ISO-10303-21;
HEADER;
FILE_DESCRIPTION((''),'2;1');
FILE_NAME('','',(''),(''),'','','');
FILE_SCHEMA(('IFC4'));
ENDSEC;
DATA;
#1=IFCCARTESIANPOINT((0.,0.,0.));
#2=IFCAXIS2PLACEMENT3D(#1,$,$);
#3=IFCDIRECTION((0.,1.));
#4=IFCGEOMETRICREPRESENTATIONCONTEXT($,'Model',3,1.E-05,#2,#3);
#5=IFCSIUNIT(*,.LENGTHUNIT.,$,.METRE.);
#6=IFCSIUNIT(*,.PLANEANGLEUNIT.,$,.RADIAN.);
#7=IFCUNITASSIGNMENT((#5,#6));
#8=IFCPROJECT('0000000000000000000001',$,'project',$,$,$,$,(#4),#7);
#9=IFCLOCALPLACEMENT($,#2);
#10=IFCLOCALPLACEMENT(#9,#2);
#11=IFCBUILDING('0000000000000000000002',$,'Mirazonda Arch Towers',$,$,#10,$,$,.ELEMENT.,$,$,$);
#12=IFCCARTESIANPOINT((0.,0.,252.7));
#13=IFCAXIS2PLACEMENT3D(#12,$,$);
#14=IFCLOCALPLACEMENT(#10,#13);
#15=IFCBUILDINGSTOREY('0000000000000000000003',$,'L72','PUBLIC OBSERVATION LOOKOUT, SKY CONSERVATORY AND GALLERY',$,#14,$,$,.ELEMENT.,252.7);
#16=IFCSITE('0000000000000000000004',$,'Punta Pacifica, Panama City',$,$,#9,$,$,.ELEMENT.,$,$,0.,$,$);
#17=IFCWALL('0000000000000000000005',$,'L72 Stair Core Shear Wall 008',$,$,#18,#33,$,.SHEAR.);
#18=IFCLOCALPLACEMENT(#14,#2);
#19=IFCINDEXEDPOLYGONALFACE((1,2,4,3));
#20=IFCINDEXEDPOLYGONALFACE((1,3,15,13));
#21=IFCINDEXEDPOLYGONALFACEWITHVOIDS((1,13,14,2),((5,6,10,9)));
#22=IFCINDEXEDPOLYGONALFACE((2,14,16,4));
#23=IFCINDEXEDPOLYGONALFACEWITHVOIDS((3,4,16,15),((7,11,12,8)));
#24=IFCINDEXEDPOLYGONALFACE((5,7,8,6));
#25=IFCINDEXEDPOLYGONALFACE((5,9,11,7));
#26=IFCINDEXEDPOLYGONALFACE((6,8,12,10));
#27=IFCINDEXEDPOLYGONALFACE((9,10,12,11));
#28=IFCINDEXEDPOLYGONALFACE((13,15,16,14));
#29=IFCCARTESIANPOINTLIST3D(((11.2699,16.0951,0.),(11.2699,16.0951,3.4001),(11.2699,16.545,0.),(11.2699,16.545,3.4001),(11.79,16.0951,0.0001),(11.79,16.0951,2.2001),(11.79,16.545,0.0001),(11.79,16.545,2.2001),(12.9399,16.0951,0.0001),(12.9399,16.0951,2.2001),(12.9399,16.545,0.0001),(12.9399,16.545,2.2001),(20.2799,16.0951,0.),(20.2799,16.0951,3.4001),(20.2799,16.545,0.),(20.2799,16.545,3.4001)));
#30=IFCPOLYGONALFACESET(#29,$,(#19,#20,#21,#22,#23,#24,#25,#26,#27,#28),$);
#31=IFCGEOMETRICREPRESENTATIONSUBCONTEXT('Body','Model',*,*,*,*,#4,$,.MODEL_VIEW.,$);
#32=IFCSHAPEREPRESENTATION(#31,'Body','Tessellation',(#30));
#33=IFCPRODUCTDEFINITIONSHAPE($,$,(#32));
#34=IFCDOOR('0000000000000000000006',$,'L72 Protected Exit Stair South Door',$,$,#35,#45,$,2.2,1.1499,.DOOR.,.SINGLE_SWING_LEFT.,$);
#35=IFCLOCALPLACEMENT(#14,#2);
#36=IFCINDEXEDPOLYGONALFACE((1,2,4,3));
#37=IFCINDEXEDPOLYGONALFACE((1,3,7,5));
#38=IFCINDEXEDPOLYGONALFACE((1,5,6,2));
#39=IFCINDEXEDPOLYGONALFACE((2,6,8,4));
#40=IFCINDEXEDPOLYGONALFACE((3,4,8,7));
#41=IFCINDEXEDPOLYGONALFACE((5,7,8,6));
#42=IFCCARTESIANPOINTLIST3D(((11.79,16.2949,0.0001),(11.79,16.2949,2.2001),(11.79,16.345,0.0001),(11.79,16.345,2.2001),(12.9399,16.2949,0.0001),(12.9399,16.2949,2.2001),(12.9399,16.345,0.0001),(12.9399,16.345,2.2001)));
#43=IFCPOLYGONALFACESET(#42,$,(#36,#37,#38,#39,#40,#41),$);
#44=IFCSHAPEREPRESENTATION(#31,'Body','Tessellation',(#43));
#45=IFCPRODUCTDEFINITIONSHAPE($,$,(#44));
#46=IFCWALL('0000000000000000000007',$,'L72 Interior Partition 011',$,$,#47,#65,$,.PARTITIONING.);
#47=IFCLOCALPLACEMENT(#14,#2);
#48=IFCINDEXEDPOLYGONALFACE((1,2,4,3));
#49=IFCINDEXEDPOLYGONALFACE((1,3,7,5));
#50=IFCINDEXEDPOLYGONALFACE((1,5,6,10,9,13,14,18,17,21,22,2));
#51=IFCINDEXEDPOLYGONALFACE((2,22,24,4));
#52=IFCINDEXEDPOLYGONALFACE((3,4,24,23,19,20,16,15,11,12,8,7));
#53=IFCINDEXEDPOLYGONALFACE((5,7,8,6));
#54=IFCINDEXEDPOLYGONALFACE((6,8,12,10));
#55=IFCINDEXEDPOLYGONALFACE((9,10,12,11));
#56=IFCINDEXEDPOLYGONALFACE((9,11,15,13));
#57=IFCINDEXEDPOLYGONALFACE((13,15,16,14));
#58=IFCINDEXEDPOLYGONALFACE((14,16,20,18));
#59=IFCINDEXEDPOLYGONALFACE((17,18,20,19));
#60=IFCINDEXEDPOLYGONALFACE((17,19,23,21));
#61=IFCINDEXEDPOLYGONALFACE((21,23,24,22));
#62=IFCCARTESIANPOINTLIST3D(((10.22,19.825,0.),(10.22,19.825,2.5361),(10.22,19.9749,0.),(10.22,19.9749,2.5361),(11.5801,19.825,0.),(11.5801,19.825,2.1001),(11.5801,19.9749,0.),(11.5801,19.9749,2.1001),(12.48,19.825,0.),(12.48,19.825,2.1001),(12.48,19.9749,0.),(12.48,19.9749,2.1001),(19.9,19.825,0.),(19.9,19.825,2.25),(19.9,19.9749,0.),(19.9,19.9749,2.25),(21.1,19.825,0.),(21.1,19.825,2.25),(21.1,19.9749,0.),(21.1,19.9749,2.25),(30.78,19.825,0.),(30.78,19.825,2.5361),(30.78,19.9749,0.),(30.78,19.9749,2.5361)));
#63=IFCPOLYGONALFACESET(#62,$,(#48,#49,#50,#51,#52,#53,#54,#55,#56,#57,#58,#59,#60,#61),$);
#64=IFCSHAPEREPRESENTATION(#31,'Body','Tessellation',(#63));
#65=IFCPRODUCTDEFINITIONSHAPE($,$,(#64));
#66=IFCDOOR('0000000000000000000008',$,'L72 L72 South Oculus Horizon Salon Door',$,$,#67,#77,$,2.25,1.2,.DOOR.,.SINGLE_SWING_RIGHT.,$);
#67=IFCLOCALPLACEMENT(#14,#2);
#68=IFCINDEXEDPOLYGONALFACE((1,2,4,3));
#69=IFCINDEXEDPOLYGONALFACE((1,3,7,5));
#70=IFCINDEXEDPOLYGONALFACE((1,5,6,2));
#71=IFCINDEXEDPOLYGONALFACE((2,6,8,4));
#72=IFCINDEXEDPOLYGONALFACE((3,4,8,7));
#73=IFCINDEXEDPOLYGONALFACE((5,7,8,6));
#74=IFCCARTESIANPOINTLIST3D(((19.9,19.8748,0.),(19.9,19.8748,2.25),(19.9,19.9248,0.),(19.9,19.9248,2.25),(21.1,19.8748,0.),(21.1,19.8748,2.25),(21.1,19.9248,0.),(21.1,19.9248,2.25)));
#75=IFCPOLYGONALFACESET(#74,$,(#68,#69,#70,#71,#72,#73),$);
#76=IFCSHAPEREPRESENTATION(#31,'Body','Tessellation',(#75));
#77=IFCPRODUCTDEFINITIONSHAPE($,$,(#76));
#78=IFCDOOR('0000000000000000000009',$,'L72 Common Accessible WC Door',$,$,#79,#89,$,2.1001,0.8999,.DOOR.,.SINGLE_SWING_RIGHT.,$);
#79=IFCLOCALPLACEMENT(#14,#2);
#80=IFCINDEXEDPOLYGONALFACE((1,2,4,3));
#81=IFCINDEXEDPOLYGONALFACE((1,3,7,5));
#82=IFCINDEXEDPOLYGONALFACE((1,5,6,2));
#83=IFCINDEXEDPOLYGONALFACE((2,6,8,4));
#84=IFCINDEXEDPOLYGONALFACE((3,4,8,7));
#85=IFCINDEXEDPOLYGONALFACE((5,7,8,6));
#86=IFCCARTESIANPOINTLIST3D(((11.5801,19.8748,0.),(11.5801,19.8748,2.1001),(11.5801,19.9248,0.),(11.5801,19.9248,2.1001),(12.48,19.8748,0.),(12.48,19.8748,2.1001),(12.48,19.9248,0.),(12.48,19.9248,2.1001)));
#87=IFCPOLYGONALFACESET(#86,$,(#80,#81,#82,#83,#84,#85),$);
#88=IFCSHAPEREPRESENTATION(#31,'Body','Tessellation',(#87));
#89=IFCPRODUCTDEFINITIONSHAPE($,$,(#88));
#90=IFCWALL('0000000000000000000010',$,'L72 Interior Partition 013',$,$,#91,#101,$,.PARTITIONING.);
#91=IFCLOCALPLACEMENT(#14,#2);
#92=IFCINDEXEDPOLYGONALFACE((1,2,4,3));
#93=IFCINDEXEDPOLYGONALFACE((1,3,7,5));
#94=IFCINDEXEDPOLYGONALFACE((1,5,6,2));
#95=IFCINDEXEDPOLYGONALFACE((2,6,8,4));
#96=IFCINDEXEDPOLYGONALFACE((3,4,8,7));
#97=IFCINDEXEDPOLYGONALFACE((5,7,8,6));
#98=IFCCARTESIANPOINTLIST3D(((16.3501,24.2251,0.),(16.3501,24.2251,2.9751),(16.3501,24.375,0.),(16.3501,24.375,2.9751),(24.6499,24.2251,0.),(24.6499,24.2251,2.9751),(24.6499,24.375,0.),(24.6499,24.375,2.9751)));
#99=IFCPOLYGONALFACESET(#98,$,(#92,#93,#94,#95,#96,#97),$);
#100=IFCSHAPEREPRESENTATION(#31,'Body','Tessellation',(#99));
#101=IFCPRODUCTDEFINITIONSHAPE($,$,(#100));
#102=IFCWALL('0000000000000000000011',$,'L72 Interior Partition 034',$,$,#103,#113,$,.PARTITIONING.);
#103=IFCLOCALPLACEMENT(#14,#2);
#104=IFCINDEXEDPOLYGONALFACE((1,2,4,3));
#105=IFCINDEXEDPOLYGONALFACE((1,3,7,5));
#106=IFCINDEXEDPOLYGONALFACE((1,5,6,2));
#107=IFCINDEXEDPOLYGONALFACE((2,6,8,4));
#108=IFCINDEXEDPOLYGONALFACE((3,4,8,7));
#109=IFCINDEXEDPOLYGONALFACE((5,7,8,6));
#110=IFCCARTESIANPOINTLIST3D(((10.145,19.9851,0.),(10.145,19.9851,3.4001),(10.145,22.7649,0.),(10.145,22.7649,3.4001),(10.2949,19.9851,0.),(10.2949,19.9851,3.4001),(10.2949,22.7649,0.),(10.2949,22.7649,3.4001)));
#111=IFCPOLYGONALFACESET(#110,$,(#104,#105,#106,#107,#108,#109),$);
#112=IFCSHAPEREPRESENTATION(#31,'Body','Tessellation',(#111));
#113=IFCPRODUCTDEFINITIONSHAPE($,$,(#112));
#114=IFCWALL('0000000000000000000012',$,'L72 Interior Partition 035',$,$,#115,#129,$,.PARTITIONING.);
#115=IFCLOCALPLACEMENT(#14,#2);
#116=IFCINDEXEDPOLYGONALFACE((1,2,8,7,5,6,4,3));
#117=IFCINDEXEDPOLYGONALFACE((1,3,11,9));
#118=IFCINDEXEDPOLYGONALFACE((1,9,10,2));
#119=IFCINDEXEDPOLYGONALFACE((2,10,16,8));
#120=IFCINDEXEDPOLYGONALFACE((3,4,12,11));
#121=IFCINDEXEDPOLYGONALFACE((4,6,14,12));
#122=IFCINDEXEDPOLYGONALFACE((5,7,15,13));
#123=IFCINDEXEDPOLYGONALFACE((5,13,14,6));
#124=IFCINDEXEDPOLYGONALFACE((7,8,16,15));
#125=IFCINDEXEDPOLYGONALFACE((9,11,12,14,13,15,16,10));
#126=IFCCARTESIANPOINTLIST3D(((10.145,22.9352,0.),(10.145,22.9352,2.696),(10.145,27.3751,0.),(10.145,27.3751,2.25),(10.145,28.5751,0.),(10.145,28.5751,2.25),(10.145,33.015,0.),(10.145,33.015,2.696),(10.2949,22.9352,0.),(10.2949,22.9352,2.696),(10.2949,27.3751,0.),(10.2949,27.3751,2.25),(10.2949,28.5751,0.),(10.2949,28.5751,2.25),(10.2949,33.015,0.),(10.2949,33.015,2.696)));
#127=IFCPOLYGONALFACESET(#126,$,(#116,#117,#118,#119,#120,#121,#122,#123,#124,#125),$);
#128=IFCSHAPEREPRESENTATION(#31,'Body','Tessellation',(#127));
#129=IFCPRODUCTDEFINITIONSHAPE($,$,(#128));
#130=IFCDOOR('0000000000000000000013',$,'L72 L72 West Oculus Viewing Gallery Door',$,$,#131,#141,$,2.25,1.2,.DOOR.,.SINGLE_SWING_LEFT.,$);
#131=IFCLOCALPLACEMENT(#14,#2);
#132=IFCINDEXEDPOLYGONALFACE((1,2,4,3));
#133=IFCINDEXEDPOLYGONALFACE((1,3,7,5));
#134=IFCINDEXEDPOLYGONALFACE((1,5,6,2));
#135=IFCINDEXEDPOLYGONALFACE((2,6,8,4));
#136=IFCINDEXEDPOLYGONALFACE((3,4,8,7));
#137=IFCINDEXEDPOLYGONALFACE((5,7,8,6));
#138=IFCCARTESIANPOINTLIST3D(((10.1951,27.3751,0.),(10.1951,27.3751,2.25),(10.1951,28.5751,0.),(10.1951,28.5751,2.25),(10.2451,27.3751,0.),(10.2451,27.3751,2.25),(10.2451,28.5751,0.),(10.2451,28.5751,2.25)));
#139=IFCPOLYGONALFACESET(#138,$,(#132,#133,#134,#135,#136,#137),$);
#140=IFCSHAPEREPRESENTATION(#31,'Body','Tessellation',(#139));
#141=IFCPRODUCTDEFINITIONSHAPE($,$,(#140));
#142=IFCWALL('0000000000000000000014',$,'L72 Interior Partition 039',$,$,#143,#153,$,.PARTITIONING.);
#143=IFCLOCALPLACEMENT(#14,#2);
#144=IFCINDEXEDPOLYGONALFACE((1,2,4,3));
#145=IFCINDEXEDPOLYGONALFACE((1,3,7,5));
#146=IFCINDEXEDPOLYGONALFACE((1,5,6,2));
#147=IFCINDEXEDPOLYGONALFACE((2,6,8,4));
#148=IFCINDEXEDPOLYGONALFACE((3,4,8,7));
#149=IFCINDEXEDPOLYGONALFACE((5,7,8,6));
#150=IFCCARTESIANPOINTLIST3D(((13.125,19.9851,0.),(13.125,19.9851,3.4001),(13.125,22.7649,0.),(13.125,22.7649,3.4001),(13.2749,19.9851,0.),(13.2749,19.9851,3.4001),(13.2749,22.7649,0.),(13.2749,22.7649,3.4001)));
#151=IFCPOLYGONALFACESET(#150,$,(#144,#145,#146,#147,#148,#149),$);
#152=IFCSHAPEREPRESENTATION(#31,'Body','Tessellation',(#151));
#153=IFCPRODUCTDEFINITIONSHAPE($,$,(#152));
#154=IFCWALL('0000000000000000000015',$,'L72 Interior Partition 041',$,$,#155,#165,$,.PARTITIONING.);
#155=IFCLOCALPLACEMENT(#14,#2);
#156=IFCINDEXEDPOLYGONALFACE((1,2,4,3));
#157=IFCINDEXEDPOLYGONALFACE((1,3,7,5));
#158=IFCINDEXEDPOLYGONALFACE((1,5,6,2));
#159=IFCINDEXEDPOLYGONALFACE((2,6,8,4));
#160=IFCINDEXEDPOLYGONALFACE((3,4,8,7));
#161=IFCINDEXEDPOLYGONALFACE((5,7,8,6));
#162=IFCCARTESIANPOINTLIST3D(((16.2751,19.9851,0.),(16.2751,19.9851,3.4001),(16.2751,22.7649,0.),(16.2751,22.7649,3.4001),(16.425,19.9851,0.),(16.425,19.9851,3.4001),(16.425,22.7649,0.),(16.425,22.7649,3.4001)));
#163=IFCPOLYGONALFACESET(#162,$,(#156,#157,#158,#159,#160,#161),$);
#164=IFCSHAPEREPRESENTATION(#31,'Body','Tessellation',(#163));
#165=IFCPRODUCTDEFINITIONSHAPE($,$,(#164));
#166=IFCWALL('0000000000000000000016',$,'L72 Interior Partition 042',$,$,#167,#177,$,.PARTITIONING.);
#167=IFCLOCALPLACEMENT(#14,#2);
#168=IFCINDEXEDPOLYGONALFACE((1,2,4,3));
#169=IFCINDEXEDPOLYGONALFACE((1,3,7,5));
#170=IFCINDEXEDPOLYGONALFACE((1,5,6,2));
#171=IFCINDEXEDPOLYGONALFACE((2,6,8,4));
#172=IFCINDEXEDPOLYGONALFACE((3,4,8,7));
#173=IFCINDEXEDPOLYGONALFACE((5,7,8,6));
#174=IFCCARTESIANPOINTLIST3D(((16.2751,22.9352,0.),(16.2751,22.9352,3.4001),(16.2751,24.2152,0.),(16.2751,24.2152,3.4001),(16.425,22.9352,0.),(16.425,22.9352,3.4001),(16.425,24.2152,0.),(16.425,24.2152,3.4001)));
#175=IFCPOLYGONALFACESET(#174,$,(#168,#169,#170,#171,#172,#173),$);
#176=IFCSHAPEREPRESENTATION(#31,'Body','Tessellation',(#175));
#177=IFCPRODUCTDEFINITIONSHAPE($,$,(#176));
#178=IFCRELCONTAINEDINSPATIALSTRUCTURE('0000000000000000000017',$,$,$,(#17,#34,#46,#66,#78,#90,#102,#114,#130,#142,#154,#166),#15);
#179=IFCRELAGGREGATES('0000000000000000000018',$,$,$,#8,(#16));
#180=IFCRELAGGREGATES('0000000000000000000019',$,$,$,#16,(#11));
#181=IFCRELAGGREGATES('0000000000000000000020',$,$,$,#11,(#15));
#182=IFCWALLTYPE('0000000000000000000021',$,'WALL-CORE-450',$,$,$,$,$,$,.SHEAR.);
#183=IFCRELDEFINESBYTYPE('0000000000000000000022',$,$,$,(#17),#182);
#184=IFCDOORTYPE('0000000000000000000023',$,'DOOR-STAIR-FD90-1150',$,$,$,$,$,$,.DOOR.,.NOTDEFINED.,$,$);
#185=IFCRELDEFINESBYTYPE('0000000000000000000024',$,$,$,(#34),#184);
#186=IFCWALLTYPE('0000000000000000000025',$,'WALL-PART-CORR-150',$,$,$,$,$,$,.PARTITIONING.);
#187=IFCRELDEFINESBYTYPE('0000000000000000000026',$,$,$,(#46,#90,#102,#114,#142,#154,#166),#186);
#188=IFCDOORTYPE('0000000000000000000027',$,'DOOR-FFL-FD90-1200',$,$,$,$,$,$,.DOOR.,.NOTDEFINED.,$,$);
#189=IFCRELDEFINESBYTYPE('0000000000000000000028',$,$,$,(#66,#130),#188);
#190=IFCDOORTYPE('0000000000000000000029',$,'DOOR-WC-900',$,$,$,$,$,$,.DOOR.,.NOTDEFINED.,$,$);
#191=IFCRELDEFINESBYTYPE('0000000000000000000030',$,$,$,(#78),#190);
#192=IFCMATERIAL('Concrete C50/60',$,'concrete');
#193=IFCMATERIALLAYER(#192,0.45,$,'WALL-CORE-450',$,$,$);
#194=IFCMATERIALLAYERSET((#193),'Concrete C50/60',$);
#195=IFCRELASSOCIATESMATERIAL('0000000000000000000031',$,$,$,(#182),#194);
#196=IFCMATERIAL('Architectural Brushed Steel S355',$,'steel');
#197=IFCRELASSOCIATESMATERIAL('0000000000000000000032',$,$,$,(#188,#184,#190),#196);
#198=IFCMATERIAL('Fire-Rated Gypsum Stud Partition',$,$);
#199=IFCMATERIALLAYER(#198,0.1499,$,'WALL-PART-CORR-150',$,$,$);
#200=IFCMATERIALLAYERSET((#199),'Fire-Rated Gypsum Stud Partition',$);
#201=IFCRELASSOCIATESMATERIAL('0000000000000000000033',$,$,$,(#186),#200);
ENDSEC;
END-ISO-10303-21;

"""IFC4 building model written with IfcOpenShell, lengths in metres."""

from ifc_helpers import new_model, si_unit, direction, frame, frame_2d, origin, place, context, subcontext, project, spatial, rectangle, extrude, material, layer, layer_set, type_object, element, fill, save


model = new_model("IFC4")

# Units and contexts
model_context = context("Model", 3, precision=1e-05, world=origin(), true_north=direction((0.0, 1.0)))
body_context = subcontext(model_context, "Body", "Model", "MODEL_VIEW")
ifc_project = project(units=[si_unit("LENGTHUNIT", "METRE"), si_unit("PLANEANGLEUNIT", "RADIAN")], contexts=[model_context])

# Site, building, storey
site_placement = place(None, origin())
site = spatial("IfcSite", under=ifc_project, at=site_placement, Name="Punta Pacifica, Panama City", CompositionType="ELEMENT", RefElevation=0.0)
building_placement = place(site_placement, origin())
building = spatial("IfcBuilding", under=site, at=building_placement, Name="Mirazonda Arch Towers", CompositionType="ELEMENT")
storey_placement = place(building_placement, frame((0.0, 0.0, 252.7)))
storey = spatial("IfcBuildingStorey", under=building, at=storey_placement, Name="L72", Description="PUBLIC OBSERVATION LOOKOUT, SKY CONSERVATORY AND GALLERY", CompositionType="ELEMENT", Elevation=252.7)

# Shared definitions
ifc_material_1 = material(Name="Concrete C50/60", Category="concrete")

# Shared definitions
ifc_layer_1 = layer(ifc_material_1, 0.45, Name="WALL-CORE-450")
ifc_layer_set_1 = layer_set([ifc_layer_1], Name="Concrete C50/60")
wall_type_1 = type_object("IfcWallType", Name="WALL-CORE-450", PredefinedType="SHEAR", material=ifc_layer_set_1)
ifc_material_2 = material(Name="Architectural Brushed Steel S355", Category="steel")
door_type_1 = type_object("IfcDoorType", Name="DOOR-FFL-FD90-1200", OperationType="NOTDEFINED", PredefinedType="DOOR", material=ifc_material_2)

# Wall, opening, door
wall_1_placement = place(storey_placement, frame((11.27, 16.3201, 0.0), z_axis=(0.0, 0.0, 1.0), x_axis=(1.0, 0.0, 0.0)))
wall_1 = element("IfcWall", 1, at=wall_1_placement, inside=storey, type_object=wall_type_1, Name="L72 Stair Core Shear Wall 008", PredefinedType="SHEAR", context=body_context, shape_type="SweptSolid", body=[
    extrude(rectangle(XDim=9.01, YDim=0.45, at=frame_2d((4.5049, 0.0))), origin(), (0.0, 0.0, 1.0), 3.4001),
])
opening_1_placement = place(wall_1_placement, frame((0.52, 0.0, 0.0)))
opening_1 = element("IfcOpeningElement", 2, at=opening_1_placement, cuts=wall_1, PredefinedType="OPENING", context=body_context, shape_type="SweptSolid", body=[
    extrude(rectangle(XDim=1.1499, YDim=2.2, at=frame_2d((0.575, 1.1001))), frame((0.0, 0.2349, 0.0), z_axis=(0.0, -1.0, 0.0), x_axis=(1.0, 0.0, 0.0)), (0.0, 0.0, 1.0), 0.47),
])
door_type_2 = type_object("IfcDoorType", Name="DOOR-STAIR-FD90-1150", OperationType="NOTDEFINED", PredefinedType="DOOR", material=ifc_material_2)
door_1_placement = place(opening_1_placement, origin())
door_1 = element("IfcDoor", 3, at=door_1_placement, inside=storey, type_object=door_type_2, Name="L72 Protected Exit Stair South Door", OperationType="SINGLE_SWING_LEFT", OverallHeight=2.2, OverallWidth=1.1499, PredefinedType="DOOR", context=body_context, shape_type="SweptSolid", body=[
    extrude(rectangle(XDim=1.1499, YDim=2.2, at=frame_2d((0.575, 1.1001))), frame((0.0, 0.0249, 0.0), z_axis=(0.0, -1.0, 0.0), x_axis=(1.0, 0.0, 0.0)), (0.0, 0.0, 1.0), 0.05),
])
fill(opening_1, door_1)

# Wall, openings, doors
ifc_material_3 = material(Name="Fire-Rated Gypsum Stud Partition")
ifc_layer_2 = layer(ifc_material_3, 0.1499, Name="WALL-PART-CORR-150")
ifc_layer_set_2 = layer_set([ifc_layer_2], Name="Fire-Rated Gypsum Stud Partition")
wall_type_2 = type_object("IfcWallType", Name="WALL-PART-CORR-150", PredefinedType="PARTITIONING", material=ifc_layer_set_2)
wall_2_placement = place(storey_placement, frame((10.22, 19.8999, 0.0), z_axis=(0.0, 0.0, 1.0), x_axis=(1.0, 0.0, 0.0)))
wall_2 = element("IfcWall", 4, at=wall_2_placement, inside=storey, type_object=wall_type_2, Name="L72 Interior Partition 011", PredefinedType="PARTITIONING", context=body_context, shape_type="SweptSolid", body=[
    extrude(rectangle(XDim=20.5601, YDim=0.1499, at=frame_2d((10.28, 0.0))), origin(), (0.0, 0.0, 1.0), 2.5361),
])
opening_2_placement = place(wall_2_placement, frame((1.3601, 0.0, 0.0)))
opening_2 = element("IfcOpeningElement", 5, at=opening_2_placement, cuts=wall_2, PredefinedType="OPENING", context=body_context, shape_type="SweptSolid", body=[
    extrude(rectangle(XDim=0.8999, YDim=2.1001, at=frame_2d((0.45, 1.05))), frame((0.0, 0.085, 0.0), z_axis=(0.0, -1.0, 0.0), x_axis=(1.0, 0.0, 0.0)), (0.0, 0.0, 1.0), 0.1699),
])
opening_3_placement = place(wall_2_placement, frame((9.6799, 0.0, 0.0)))
opening_3 = element("IfcOpeningElement", 6, at=opening_3_placement, cuts=wall_2, PredefinedType="OPENING", context=body_context, shape_type="SweptSolid", body=[
    extrude(rectangle(XDim=1.2, YDim=2.25, at=frame_2d((0.6001, 1.125))), frame((0.0, 0.085, 0.0), z_axis=(0.0, -1.0, 0.0), x_axis=(1.0, 0.0, 0.0)), (0.0, 0.0, 1.0), 0.1699),
])
door_2_placement = place(opening_3_placement, origin())
door_2 = element("IfcDoor", 7, at=door_2_placement, inside=storey, type_object=door_type_1, Name="L72 L72 South Oculus Horizon Salon Door", OperationType="SINGLE_SWING_RIGHT", OverallHeight=2.25, OverallWidth=1.2, PredefinedType="DOOR", context=body_context, shape_type="SweptSolid", body=[
    extrude(rectangle(XDim=1.2, YDim=2.25, at=frame_2d((0.6001, 1.125))), frame((0.0, 0.0249, 0.0), z_axis=(0.0, -1.0, 0.0), x_axis=(1.0, 0.0, 0.0)), (0.0, 0.0, 1.0), 0.05),
])
fill(opening_3, door_2)
door_type_3 = type_object("IfcDoorType", Name="DOOR-WC-900", OperationType="NOTDEFINED", PredefinedType="DOOR", material=ifc_material_2)
door_3_placement = place(opening_2_placement, origin())
door_3 = element("IfcDoor", 8, at=door_3_placement, inside=storey, type_object=door_type_3, Name="L72 Common Accessible WC Door", OperationType="SINGLE_SWING_RIGHT", OverallHeight=2.1001, OverallWidth=0.8999, PredefinedType="DOOR", context=body_context, shape_type="SweptSolid", body=[
    extrude(rectangle(XDim=0.8999, YDim=2.1001, at=frame_2d((0.45, 1.05))), frame((0.0, 0.0249, 0.0), z_axis=(0.0, -1.0, 0.0), x_axis=(1.0, 0.0, 0.0)), (0.0, 0.0, 1.0), 0.05),
])
fill(opening_2, door_3)

# Walls
wall_3_placement = place(storey_placement, frame((16.3501, 24.3, 0.0), z_axis=(0.0, 0.0, 1.0), x_axis=(1.0, 0.0, 0.0)))
element("IfcWall", 9, at=wall_3_placement, inside=storey, type_object=wall_type_2, Name="L72 Interior Partition 013", PredefinedType="PARTITIONING", context=body_context, shape_type="SweptSolid", body=[
    extrude(rectangle(XDim=8.2998, YDim=0.1499, at=frame_2d((4.1499, 0.0))), origin(), (0.0, 0.0, 1.0), 2.9751),
])
wall_4_placement = place(storey_placement, frame((10.22, 19.9851, 0.0), z_axis=(0.0, 0.0, 1.0), x_axis=(0.0, 1.0, 0.0)))
element("IfcWall", 10, at=wall_4_placement, inside=storey, type_object=wall_type_2, Name="L72 Interior Partition 034", PredefinedType="PARTITIONING", context=body_context, shape_type="SweptSolid", body=[
    extrude(rectangle(XDim=2.7798, YDim=0.1499, at=frame_2d((1.3899, 0.0))), origin(), (0.0, 0.0, 1.0), 3.4001),
])

# Wall, opening, door
wall_5_placement = place(storey_placement, frame((10.22, 22.9351, 0.0), z_axis=(0.0, 0.0, 1.0), x_axis=(0.0, 1.0, 0.0)))
wall_5 = element("IfcWall", 11, at=wall_5_placement, inside=storey, type_object=wall_type_2, Name="L72 Interior Partition 035", PredefinedType="PARTITIONING", context=body_context, shape_type="SweptSolid", body=[
    extrude(rectangle(XDim=10.0798, YDim=0.1499, at=frame_2d((5.04, 0.0))), origin(), (0.0, 0.0, 1.0), 2.696),
])
opening_4_placement = place(wall_5_placement, frame((4.4399, 0.0, 0.0)))
opening_4 = element("IfcOpeningElement", 12, at=opening_4_placement, cuts=wall_5, PredefinedType="OPENING", context=body_context, shape_type="SweptSolid", body=[
    extrude(rectangle(XDim=1.2, YDim=2.25, at=frame_2d((0.6001, 1.125))), frame((0.0, 0.085, 0.0), z_axis=(0.0, -1.0, 0.0), x_axis=(1.0, 0.0, 0.0)), (0.0, 0.0, 1.0), 0.1699),
])
door_4_placement = place(opening_4_placement, origin())
door_4 = element("IfcDoor", 13, at=door_4_placement, inside=storey, type_object=door_type_1, Name="L72 L72 West Oculus Viewing Gallery Door", OperationType="SINGLE_SWING_LEFT", OverallHeight=2.25, OverallWidth=1.2, PredefinedType="DOOR", context=body_context, shape_type="SweptSolid", body=[
    extrude(rectangle(XDim=1.2, YDim=2.25, at=frame_2d((0.6001, 1.125))), frame((0.0, 0.0249, 0.0), z_axis=(0.0, -1.0, 0.0), x_axis=(1.0, 0.0, 0.0)), (0.0, 0.0, 1.0), 0.05),
])
fill(opening_4, door_4)

# Walls
for number, where, z_axis, x_axis, name in (
    (14, (13.2, 19.9851, 0.0), (0.0, 0.0, 1.0), (0.0, 1.0, 0.0), "L72 Interior Partition 039"),
    (15, (16.3501, 19.9851, 0.0), (0.0, 0.0, 1.0), (0.0, 1.0, 0.0), "L72 Interior Partition 041"),
):
    element("IfcWall", number, at=place(storey_placement, frame(where, z_axis=z_axis, x_axis=x_axis)), inside=storey, type_object=wall_type_2, Name=name, PredefinedType="PARTITIONING", context=body_context, shape_type="SweptSolid", body=[
        extrude(rectangle(XDim=2.7798, YDim=0.1499, at=frame_2d((1.3899, 0.0))), origin(), (0.0, 0.0, 1.0), 3.4001),
    ])
wall_6_placement = place(storey_placement, frame((16.3501, 22.9351, 0.0), z_axis=(0.0, 0.0, 1.0), x_axis=(0.0, 1.0, 0.0)))
element("IfcWall", 16, at=wall_6_placement, inside=storey, type_object=wall_type_2, Name="L72 Interior Partition 042", PredefinedType="PARTITIONING", context=body_context, shape_type="SweptSolid", body=[
    extrude(rectangle(XDim=1.28, YDim=0.1499, at=frame_2d((0.6401, 0.0))), origin(), (0.0, 0.0, 1.0), 3.4001),
])

save(model, "model.ifc")
